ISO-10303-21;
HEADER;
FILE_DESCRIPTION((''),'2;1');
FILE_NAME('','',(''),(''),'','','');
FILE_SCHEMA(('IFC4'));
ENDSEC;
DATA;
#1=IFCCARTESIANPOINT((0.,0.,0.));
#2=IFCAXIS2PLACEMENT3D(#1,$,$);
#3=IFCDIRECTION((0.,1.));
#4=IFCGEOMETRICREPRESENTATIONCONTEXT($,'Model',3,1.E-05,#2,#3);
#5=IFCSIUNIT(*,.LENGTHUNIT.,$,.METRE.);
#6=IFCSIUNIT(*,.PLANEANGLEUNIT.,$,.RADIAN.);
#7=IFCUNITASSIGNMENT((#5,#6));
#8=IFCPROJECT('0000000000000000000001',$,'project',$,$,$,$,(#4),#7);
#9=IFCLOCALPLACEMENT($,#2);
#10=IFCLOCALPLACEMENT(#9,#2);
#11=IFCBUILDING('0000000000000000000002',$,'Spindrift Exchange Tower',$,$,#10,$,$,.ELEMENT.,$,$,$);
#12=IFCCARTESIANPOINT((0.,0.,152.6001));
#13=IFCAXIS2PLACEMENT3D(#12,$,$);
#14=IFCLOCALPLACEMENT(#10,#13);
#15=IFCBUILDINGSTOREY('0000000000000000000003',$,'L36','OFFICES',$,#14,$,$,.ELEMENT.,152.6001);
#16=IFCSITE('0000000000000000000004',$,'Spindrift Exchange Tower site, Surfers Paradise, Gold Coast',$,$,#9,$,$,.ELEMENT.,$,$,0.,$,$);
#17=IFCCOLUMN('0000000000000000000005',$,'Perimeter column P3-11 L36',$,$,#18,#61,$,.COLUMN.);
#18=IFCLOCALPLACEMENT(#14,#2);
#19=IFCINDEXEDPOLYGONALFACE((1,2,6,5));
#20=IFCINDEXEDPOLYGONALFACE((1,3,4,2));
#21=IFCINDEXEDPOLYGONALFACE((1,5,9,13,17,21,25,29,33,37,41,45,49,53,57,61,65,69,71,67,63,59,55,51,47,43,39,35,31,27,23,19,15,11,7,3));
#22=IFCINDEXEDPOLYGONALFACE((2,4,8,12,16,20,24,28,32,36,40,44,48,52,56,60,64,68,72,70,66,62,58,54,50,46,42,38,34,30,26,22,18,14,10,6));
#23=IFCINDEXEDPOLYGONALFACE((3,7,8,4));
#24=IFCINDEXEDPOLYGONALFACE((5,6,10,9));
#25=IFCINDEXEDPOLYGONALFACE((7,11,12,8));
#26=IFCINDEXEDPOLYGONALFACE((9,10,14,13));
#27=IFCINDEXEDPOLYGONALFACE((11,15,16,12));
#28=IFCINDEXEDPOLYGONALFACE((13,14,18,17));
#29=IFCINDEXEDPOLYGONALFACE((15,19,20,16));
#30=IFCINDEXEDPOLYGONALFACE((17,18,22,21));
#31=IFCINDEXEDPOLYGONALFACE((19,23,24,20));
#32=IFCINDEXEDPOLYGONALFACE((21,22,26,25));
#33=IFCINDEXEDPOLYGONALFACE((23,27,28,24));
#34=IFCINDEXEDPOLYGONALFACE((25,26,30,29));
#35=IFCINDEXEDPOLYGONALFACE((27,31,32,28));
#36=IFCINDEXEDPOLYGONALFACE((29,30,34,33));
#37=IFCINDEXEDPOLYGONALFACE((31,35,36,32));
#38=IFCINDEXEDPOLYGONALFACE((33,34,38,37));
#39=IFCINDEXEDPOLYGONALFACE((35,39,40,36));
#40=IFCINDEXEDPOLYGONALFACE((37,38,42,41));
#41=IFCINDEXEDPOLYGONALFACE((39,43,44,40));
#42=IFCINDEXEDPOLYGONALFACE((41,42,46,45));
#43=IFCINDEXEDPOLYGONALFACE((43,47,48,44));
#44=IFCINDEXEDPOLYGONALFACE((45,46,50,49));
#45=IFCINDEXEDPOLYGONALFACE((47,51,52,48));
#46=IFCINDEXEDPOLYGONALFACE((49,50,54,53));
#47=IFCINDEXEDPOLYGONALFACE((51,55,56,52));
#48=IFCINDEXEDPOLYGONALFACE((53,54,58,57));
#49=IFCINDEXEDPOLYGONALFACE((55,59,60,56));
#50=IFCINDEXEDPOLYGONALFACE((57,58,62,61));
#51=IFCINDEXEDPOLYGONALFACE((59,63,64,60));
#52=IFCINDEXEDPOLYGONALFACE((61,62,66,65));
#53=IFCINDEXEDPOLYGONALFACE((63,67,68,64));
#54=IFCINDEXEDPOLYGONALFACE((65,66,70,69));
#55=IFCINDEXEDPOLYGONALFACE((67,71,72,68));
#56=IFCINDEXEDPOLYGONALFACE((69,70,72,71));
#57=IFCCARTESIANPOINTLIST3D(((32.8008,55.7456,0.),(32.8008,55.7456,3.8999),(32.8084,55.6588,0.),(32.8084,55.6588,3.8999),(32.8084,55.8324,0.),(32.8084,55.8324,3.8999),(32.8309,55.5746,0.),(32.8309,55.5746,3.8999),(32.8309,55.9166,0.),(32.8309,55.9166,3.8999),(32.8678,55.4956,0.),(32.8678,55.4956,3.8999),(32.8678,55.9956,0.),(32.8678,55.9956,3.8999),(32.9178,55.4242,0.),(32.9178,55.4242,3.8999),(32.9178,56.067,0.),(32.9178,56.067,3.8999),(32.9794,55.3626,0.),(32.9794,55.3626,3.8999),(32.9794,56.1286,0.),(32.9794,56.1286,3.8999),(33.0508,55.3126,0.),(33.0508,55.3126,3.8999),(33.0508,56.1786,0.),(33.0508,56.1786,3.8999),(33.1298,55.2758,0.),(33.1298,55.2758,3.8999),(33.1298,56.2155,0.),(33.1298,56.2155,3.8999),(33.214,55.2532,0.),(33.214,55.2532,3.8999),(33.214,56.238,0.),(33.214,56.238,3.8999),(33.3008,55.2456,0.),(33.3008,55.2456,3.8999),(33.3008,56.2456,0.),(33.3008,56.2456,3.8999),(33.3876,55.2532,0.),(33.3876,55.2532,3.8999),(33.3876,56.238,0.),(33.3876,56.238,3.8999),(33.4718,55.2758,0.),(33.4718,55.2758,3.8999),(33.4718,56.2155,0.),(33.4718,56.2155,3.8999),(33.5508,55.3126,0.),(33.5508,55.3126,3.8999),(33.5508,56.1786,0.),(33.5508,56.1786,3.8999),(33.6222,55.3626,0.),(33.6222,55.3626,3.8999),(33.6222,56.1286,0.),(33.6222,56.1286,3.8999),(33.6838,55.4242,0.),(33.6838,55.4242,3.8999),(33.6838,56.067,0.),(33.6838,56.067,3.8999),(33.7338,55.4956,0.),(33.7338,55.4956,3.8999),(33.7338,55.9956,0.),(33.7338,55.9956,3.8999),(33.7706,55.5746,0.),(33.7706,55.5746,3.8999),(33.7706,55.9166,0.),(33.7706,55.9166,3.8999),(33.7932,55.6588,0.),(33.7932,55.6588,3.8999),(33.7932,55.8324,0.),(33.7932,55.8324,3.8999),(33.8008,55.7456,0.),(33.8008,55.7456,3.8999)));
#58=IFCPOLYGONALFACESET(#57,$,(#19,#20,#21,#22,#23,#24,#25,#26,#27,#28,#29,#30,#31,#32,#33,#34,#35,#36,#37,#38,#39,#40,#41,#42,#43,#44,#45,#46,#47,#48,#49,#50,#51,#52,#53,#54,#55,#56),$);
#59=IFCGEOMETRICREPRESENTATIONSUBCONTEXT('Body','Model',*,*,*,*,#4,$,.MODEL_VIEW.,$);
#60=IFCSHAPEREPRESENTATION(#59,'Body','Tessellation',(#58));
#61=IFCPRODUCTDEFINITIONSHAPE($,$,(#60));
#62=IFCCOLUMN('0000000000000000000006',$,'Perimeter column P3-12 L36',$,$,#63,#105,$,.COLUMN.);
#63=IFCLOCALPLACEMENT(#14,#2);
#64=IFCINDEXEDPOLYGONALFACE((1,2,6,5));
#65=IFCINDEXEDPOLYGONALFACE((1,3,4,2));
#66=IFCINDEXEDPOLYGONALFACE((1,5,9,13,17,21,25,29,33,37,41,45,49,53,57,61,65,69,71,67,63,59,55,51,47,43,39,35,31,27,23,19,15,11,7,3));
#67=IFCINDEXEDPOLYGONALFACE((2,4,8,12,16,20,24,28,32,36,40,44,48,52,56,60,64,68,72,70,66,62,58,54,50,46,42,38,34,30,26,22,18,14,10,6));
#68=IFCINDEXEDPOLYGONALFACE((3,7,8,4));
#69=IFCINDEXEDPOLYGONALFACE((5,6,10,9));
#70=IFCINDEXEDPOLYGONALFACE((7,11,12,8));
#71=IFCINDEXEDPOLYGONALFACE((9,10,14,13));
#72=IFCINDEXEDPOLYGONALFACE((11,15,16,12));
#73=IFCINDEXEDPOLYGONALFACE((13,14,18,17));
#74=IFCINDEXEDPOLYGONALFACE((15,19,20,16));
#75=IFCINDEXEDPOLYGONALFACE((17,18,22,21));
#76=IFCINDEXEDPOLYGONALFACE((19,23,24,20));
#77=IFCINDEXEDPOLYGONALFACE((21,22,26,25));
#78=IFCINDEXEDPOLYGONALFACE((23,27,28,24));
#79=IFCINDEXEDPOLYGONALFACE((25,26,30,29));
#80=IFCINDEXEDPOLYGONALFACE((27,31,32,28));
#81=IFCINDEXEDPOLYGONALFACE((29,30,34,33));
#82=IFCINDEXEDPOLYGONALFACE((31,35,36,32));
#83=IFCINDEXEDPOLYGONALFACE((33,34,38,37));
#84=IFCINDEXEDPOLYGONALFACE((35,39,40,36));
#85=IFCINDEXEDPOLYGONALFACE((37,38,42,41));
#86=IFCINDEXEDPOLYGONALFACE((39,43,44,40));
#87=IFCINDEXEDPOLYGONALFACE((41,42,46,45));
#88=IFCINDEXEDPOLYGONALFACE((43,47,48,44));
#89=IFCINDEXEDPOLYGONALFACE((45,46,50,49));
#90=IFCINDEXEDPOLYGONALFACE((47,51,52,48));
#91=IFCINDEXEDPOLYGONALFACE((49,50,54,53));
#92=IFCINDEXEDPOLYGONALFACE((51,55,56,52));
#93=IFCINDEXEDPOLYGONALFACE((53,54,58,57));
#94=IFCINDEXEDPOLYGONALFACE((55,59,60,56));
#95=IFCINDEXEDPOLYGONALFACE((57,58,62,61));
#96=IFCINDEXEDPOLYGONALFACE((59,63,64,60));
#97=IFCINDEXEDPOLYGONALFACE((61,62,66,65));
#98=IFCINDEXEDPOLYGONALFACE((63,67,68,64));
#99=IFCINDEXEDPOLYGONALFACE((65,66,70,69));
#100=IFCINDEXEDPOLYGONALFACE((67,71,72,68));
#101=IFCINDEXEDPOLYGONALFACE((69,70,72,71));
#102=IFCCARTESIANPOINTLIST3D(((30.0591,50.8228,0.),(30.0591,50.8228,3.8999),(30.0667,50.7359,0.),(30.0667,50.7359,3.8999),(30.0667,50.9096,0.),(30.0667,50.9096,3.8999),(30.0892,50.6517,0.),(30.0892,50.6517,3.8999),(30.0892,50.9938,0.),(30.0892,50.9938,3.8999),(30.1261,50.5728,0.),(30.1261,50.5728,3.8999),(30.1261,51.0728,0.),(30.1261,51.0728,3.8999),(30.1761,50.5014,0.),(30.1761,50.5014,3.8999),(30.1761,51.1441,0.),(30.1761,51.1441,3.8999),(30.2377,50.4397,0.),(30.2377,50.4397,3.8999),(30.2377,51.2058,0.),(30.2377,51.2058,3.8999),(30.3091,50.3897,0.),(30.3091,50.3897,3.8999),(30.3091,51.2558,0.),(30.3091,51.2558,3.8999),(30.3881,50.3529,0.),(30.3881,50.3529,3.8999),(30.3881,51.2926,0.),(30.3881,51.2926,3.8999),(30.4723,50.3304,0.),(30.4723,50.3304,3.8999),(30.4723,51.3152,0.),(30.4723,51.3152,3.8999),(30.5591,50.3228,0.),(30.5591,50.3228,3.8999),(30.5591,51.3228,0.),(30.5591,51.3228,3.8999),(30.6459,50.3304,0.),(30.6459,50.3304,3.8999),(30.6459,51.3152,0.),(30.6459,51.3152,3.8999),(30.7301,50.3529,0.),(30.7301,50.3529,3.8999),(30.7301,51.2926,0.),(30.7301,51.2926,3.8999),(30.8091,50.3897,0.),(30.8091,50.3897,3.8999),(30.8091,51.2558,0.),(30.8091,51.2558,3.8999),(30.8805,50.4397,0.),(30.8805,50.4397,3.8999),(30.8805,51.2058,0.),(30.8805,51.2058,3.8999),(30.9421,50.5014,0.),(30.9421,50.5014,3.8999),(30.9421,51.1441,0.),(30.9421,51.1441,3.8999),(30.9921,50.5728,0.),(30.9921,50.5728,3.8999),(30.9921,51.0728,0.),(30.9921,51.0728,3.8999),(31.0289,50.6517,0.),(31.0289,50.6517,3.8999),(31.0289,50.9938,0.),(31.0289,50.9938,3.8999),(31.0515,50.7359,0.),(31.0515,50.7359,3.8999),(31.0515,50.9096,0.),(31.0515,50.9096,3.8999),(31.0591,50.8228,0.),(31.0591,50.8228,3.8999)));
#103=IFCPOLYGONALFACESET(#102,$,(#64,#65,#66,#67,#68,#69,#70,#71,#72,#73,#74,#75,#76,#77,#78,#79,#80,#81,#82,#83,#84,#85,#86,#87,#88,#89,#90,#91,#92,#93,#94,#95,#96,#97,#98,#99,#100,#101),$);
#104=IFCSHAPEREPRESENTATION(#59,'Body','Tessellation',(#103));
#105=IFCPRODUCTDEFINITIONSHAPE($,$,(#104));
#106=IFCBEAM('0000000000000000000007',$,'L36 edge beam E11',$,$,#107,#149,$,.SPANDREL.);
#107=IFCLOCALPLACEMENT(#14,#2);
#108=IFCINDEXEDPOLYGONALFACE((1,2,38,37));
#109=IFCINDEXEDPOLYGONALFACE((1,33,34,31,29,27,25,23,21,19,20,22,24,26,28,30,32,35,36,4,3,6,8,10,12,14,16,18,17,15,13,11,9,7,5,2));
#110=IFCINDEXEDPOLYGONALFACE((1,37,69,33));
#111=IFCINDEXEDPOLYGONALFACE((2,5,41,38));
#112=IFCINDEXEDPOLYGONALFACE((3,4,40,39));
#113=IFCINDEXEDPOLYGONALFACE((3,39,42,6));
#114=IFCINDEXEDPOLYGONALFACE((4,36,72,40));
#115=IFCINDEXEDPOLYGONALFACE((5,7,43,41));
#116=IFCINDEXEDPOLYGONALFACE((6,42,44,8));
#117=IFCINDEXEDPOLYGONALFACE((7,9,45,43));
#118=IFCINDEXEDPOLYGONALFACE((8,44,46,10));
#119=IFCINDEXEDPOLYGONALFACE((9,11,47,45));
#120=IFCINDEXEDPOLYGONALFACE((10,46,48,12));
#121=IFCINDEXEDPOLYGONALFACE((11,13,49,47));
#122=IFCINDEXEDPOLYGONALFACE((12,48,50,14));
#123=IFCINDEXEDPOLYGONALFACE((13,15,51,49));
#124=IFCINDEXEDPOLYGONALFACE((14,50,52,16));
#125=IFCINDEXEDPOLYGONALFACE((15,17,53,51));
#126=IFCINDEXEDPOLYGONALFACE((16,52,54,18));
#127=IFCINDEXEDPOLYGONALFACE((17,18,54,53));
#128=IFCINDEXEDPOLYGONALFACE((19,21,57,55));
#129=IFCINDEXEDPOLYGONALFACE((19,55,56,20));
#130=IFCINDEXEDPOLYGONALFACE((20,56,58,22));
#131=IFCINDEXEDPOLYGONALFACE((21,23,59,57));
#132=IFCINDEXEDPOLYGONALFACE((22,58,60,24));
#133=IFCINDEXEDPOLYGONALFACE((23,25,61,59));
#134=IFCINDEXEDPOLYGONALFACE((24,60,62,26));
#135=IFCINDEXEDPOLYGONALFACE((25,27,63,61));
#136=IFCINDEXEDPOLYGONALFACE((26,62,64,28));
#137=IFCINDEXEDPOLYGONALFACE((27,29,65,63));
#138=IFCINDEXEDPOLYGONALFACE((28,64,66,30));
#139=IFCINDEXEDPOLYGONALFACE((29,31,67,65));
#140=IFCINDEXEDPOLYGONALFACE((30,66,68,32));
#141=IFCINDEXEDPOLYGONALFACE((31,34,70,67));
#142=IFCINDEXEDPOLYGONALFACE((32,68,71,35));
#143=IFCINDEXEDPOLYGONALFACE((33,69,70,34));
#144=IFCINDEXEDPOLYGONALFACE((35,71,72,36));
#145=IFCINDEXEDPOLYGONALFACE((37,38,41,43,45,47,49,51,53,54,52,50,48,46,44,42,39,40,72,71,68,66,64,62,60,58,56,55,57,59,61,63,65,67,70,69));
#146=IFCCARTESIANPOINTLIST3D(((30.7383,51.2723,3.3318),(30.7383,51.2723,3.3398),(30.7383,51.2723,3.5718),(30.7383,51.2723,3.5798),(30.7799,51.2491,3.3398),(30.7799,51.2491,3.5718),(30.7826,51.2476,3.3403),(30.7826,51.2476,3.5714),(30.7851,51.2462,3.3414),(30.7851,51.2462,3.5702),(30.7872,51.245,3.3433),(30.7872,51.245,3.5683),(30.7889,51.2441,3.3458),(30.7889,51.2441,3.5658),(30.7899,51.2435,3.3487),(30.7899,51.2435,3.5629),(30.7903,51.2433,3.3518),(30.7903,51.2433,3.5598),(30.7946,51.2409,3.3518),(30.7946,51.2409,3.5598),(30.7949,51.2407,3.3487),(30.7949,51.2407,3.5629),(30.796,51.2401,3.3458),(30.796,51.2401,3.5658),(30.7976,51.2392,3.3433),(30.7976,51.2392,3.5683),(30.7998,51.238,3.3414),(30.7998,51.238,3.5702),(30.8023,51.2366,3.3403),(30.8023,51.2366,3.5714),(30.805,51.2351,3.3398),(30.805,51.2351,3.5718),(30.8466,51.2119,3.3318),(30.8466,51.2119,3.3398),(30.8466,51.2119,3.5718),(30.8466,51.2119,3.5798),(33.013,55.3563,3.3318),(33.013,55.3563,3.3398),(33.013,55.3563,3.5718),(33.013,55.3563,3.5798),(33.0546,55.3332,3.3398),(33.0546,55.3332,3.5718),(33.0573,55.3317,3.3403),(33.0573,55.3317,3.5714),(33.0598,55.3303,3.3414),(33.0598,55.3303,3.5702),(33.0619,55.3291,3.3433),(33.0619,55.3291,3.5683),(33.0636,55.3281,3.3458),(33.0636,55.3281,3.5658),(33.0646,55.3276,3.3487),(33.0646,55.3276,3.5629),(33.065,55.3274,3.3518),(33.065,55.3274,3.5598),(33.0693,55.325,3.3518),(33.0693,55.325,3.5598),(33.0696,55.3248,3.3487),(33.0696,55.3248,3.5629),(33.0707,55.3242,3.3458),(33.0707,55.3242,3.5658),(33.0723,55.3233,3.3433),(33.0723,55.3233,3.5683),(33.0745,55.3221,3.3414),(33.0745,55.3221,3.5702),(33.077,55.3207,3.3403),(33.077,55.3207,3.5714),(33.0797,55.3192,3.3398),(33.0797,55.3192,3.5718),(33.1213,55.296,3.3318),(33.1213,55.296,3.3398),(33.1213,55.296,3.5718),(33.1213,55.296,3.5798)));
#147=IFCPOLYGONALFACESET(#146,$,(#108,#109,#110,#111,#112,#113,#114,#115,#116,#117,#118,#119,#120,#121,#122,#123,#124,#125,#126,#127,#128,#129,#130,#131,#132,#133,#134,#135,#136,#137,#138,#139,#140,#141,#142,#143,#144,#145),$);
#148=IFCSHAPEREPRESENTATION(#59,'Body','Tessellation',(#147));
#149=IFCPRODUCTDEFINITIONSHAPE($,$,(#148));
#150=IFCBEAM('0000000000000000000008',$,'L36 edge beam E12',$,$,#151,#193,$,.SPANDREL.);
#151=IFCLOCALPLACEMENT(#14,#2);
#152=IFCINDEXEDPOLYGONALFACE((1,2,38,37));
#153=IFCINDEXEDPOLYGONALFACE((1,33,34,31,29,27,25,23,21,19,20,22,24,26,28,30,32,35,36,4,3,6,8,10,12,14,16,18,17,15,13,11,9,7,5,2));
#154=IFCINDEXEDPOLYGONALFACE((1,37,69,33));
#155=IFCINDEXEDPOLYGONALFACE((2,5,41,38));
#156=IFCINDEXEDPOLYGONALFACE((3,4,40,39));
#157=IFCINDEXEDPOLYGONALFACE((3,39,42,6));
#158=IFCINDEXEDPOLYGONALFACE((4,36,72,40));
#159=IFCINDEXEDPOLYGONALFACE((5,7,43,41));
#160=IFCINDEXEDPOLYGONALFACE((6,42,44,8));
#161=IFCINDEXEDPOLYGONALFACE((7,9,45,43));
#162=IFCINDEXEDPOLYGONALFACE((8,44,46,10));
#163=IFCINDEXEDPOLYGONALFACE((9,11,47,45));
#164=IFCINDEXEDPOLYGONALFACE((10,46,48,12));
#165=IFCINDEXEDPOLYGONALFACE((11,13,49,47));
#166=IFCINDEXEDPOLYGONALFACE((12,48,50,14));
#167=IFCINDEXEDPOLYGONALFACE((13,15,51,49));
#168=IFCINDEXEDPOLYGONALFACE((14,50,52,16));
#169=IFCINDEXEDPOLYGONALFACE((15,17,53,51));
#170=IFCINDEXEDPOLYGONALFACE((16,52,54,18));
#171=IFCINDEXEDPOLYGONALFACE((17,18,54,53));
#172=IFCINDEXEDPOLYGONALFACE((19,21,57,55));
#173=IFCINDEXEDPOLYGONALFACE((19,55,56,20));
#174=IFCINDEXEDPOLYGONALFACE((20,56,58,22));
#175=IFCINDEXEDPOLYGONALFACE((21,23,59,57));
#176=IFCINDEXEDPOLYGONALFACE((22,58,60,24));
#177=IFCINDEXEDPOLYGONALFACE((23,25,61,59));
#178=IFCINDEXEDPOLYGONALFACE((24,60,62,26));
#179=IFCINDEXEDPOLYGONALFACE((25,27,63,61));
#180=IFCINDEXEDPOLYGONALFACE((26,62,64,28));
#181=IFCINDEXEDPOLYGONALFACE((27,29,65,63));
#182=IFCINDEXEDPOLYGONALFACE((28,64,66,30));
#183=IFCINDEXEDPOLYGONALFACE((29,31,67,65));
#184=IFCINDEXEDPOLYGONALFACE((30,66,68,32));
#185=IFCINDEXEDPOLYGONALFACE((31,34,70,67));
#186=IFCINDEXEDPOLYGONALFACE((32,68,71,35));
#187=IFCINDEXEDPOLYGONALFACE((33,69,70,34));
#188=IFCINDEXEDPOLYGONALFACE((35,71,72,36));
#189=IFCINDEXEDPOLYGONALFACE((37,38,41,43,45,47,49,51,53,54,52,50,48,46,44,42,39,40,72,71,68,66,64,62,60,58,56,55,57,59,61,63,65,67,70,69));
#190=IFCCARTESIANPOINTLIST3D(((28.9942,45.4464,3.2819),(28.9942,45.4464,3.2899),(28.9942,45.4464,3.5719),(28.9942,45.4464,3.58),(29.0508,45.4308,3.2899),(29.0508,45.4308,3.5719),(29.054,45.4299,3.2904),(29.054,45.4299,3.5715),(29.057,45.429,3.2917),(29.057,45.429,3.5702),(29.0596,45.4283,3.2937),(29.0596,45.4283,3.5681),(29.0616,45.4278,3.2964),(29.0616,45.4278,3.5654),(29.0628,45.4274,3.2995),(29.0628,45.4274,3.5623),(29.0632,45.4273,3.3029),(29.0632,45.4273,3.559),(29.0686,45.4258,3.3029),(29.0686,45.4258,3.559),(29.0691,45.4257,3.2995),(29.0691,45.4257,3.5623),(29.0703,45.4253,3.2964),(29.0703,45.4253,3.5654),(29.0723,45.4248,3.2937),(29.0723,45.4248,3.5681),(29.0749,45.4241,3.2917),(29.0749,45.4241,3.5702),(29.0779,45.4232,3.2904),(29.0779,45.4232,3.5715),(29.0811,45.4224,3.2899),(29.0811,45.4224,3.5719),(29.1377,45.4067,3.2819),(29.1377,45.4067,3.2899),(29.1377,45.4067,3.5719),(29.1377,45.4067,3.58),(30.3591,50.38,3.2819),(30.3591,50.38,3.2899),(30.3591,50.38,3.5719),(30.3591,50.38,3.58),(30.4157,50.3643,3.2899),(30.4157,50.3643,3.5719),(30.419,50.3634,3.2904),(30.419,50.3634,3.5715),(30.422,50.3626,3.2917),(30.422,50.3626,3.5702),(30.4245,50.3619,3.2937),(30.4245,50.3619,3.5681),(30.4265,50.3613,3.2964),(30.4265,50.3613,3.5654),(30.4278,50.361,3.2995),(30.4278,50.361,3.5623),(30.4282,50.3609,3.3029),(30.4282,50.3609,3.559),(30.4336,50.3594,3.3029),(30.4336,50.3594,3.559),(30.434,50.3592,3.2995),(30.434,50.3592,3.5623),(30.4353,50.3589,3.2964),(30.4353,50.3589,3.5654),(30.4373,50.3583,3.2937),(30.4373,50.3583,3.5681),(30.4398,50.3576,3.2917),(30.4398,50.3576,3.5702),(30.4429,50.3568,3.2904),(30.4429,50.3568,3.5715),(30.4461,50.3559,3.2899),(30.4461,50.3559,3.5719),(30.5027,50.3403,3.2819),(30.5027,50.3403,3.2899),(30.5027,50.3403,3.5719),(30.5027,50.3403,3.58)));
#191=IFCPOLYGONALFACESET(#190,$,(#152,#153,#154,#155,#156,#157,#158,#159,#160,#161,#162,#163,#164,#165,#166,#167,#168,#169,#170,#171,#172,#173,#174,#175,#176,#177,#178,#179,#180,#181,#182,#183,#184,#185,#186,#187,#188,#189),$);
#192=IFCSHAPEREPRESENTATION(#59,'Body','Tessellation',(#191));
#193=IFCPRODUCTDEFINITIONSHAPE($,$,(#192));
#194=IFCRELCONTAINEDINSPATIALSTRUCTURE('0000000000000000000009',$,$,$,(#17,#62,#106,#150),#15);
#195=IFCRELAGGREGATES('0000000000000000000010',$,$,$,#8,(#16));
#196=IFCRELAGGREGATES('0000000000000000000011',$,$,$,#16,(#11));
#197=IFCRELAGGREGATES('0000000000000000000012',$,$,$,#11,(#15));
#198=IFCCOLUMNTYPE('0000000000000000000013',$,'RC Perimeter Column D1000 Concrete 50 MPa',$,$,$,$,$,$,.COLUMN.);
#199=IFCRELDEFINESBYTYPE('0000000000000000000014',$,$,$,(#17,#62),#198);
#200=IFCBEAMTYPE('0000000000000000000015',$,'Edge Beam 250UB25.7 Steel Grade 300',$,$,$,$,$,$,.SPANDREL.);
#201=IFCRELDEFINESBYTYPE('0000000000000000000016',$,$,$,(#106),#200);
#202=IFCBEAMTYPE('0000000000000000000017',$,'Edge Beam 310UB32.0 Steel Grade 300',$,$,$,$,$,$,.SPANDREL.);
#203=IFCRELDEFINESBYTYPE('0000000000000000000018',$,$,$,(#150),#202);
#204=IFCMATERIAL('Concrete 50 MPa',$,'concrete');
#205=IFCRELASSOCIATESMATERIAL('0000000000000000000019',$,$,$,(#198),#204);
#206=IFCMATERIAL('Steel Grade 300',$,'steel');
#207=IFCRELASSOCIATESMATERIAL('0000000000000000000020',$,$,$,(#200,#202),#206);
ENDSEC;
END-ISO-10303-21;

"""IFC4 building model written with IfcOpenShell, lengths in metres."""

from ifc_helpers import new_model, si_unit, direction, frame, origin, origin_2d, place, context, subcontext, project, spatial, circle, i_section, extrude, source, transform, mapped, material, material_profile, profile_set, type_object, element, save


model = new_model("IFC4")

# Units and contexts
model_context = context("Model", 3, precision=1e-05, world=origin(), true_north=direction((0.0, 1.0)))
body_context = subcontext(model_context, "Body", "Model", "MODEL_VIEW")
ifc_project = project(units=[si_unit("LENGTHUNIT", "METRE"), si_unit("PLANEANGLEUNIT", "RADIAN")], contexts=[model_context])

# Site, building, storey
site_placement = place(None, origin())
site = spatial("IfcSite", under=ifc_project, at=site_placement, Name="Spindrift Exchange Tower site, Surfers Paradise, Gold Coast", CompositionType="ELEMENT", RefElevation=0.0)
building_placement = place(site_placement, origin())
building = spatial("IfcBuilding", under=site, at=building_placement, Name="Spindrift Exchange Tower", CompositionType="ELEMENT")
storey_placement = place(building_placement, frame((0.0, 0.0, 152.6001)))
storey = spatial("IfcBuildingStorey", under=building, at=storey_placement, Name="L36", Description="OFFICES", CompositionType="ELEMENT", Elevation=152.6001)

# Columns
ifc_material_1 = material(Name="Concrete 50 MPa", Category="concrete")
ifc_material_profile_1 = material_profile(ifc_material_1, circle(Radius=0.5, at=origin_2d()), Name="RC D1000")
ifc_profile_set_1 = profile_set([ifc_material_profile_1], Name="Concrete 50 MPa")
column_type = type_object("IfcColumnType", Name="RC Perimeter Column D1000 Concrete 50 MPa", PredefinedType="COLUMN", material=ifc_profile_set_1)
shared_shape_1 = source(origin(), body_context, "Body", "SweptSolid", [
    extrude(circle(Radius=0.5, at=origin_2d()), origin(), (0.0, 0.0, 1.0), 3.8999),
])
for number, where, z_axis, x_axis, name in (
    (1, (33.3008, 55.7456, 0.0), (0.0, 0.0, 1.0), (1.0, 0.0, 0.0), "Perimeter column P3-11 L36"),
    (2, (30.5591, 50.8228, 0.0), (0.0, 0.0, 1.0), (1.0, 0.0, 0.0), "Perimeter column P3-12 L36"),
):
    element("IfcColumn", number, at=place(storey_placement, frame(where, z_axis=z_axis, x_axis=x_axis)), inside=storey, type_object=column_type, Name=name, PredefinedType="COLUMN", context=body_context, shape_type="MappedRepresentation", body=[
        mapped(shared_shape_1, transform((0.0, 0.0, 0.0), scale=1.0)),
    ])

# Beams
ifc_material_2 = material(Name="Steel Grade 300", Category="steel")
ifc_material_profile_2 = material_profile(ifc_material_2, i_section(OverallWidth=0.124, OverallDepth=0.248, WebThickness=0.0049, FlangeThickness=0.0081, FilletRadius=0.012, at=origin_2d()), Name="250UB25.7")
ifc_profile_set_2 = profile_set([ifc_material_profile_2], Name="Steel Grade 300")
beam_type_1 = type_object("IfcBeamType", Name="Edge Beam 250UB25.7 Steel Grade 300", PredefinedType="SPANDREL", material=ifc_profile_set_2)
shared_shape_2 = source(origin(), body_context, "Body", "SweptSolid", [
    extrude(i_section(OverallWidth=0.124, OverallDepth=0.248, WebThickness=0.0049, FlangeThickness=0.0081, FilletRadius=0.012, at=origin_2d()), origin(), (0.0, 0.0, 1.0), 4.6748),
])
beam_1_placement = place(storey_placement, frame((33.0671, 55.3262, 3.4558), z_axis=(-0.486587, -0.873632, 0.0), x_axis=(0.873632, -0.486587, 0.0)))
element("IfcBeam", 3, at=beam_1_placement, inside=storey, type_object=beam_type_1, Name="L36 edge beam E11", PredefinedType="SPANDREL", context=body_context, shape_type="MappedRepresentation", body=[
    mapped(shared_shape_2, transform((0.0, 0.0, 0.0), scale=1.0)),
])
ifc_material_profile_3 = material_profile(ifc_material_2, i_section(OverallWidth=0.1489, OverallDepth=0.2981, WebThickness=0.0056, FlangeThickness=0.0081, FilletRadius=0.0129, at=origin_2d()), Name="310UB32.0")
ifc_profile_set_3 = profile_set([ifc_material_profile_3], Name="Steel Grade 300")
beam_type_2 = type_object("IfcBeamType", Name="Edge Beam 310UB32.0 Steel Grade 300", PredefinedType="SPANDREL", material=ifc_profile_set_3)
shared_shape_3 = source(origin(), body_context, "Body", "SweptSolid", [
    extrude(i_section(OverallWidth=0.1489, OverallDepth=0.2981, WebThickness=0.0056, FlangeThickness=0.0081, FilletRadius=0.0129, at=origin_2d()), origin(), (0.0, 0.0, 1.0), 5.1189),
])
beam_2_placement = place(storey_placement, frame((30.4309, 50.3601, 3.4309), z_axis=(-0.266655, -0.963792, 0.0), x_axis=(0.963792, -0.266655, 0.0)))
element("IfcBeam", 4, at=beam_2_placement, inside=storey, type_object=beam_type_2, Name="L36 edge beam E12", PredefinedType="SPANDREL", context=body_context, shape_type="MappedRepresentation", body=[
    mapped(shared_shape_3, transform((0.0, 0.0, 0.0), scale=1.0)),
])

save(model, "model.ifc")
